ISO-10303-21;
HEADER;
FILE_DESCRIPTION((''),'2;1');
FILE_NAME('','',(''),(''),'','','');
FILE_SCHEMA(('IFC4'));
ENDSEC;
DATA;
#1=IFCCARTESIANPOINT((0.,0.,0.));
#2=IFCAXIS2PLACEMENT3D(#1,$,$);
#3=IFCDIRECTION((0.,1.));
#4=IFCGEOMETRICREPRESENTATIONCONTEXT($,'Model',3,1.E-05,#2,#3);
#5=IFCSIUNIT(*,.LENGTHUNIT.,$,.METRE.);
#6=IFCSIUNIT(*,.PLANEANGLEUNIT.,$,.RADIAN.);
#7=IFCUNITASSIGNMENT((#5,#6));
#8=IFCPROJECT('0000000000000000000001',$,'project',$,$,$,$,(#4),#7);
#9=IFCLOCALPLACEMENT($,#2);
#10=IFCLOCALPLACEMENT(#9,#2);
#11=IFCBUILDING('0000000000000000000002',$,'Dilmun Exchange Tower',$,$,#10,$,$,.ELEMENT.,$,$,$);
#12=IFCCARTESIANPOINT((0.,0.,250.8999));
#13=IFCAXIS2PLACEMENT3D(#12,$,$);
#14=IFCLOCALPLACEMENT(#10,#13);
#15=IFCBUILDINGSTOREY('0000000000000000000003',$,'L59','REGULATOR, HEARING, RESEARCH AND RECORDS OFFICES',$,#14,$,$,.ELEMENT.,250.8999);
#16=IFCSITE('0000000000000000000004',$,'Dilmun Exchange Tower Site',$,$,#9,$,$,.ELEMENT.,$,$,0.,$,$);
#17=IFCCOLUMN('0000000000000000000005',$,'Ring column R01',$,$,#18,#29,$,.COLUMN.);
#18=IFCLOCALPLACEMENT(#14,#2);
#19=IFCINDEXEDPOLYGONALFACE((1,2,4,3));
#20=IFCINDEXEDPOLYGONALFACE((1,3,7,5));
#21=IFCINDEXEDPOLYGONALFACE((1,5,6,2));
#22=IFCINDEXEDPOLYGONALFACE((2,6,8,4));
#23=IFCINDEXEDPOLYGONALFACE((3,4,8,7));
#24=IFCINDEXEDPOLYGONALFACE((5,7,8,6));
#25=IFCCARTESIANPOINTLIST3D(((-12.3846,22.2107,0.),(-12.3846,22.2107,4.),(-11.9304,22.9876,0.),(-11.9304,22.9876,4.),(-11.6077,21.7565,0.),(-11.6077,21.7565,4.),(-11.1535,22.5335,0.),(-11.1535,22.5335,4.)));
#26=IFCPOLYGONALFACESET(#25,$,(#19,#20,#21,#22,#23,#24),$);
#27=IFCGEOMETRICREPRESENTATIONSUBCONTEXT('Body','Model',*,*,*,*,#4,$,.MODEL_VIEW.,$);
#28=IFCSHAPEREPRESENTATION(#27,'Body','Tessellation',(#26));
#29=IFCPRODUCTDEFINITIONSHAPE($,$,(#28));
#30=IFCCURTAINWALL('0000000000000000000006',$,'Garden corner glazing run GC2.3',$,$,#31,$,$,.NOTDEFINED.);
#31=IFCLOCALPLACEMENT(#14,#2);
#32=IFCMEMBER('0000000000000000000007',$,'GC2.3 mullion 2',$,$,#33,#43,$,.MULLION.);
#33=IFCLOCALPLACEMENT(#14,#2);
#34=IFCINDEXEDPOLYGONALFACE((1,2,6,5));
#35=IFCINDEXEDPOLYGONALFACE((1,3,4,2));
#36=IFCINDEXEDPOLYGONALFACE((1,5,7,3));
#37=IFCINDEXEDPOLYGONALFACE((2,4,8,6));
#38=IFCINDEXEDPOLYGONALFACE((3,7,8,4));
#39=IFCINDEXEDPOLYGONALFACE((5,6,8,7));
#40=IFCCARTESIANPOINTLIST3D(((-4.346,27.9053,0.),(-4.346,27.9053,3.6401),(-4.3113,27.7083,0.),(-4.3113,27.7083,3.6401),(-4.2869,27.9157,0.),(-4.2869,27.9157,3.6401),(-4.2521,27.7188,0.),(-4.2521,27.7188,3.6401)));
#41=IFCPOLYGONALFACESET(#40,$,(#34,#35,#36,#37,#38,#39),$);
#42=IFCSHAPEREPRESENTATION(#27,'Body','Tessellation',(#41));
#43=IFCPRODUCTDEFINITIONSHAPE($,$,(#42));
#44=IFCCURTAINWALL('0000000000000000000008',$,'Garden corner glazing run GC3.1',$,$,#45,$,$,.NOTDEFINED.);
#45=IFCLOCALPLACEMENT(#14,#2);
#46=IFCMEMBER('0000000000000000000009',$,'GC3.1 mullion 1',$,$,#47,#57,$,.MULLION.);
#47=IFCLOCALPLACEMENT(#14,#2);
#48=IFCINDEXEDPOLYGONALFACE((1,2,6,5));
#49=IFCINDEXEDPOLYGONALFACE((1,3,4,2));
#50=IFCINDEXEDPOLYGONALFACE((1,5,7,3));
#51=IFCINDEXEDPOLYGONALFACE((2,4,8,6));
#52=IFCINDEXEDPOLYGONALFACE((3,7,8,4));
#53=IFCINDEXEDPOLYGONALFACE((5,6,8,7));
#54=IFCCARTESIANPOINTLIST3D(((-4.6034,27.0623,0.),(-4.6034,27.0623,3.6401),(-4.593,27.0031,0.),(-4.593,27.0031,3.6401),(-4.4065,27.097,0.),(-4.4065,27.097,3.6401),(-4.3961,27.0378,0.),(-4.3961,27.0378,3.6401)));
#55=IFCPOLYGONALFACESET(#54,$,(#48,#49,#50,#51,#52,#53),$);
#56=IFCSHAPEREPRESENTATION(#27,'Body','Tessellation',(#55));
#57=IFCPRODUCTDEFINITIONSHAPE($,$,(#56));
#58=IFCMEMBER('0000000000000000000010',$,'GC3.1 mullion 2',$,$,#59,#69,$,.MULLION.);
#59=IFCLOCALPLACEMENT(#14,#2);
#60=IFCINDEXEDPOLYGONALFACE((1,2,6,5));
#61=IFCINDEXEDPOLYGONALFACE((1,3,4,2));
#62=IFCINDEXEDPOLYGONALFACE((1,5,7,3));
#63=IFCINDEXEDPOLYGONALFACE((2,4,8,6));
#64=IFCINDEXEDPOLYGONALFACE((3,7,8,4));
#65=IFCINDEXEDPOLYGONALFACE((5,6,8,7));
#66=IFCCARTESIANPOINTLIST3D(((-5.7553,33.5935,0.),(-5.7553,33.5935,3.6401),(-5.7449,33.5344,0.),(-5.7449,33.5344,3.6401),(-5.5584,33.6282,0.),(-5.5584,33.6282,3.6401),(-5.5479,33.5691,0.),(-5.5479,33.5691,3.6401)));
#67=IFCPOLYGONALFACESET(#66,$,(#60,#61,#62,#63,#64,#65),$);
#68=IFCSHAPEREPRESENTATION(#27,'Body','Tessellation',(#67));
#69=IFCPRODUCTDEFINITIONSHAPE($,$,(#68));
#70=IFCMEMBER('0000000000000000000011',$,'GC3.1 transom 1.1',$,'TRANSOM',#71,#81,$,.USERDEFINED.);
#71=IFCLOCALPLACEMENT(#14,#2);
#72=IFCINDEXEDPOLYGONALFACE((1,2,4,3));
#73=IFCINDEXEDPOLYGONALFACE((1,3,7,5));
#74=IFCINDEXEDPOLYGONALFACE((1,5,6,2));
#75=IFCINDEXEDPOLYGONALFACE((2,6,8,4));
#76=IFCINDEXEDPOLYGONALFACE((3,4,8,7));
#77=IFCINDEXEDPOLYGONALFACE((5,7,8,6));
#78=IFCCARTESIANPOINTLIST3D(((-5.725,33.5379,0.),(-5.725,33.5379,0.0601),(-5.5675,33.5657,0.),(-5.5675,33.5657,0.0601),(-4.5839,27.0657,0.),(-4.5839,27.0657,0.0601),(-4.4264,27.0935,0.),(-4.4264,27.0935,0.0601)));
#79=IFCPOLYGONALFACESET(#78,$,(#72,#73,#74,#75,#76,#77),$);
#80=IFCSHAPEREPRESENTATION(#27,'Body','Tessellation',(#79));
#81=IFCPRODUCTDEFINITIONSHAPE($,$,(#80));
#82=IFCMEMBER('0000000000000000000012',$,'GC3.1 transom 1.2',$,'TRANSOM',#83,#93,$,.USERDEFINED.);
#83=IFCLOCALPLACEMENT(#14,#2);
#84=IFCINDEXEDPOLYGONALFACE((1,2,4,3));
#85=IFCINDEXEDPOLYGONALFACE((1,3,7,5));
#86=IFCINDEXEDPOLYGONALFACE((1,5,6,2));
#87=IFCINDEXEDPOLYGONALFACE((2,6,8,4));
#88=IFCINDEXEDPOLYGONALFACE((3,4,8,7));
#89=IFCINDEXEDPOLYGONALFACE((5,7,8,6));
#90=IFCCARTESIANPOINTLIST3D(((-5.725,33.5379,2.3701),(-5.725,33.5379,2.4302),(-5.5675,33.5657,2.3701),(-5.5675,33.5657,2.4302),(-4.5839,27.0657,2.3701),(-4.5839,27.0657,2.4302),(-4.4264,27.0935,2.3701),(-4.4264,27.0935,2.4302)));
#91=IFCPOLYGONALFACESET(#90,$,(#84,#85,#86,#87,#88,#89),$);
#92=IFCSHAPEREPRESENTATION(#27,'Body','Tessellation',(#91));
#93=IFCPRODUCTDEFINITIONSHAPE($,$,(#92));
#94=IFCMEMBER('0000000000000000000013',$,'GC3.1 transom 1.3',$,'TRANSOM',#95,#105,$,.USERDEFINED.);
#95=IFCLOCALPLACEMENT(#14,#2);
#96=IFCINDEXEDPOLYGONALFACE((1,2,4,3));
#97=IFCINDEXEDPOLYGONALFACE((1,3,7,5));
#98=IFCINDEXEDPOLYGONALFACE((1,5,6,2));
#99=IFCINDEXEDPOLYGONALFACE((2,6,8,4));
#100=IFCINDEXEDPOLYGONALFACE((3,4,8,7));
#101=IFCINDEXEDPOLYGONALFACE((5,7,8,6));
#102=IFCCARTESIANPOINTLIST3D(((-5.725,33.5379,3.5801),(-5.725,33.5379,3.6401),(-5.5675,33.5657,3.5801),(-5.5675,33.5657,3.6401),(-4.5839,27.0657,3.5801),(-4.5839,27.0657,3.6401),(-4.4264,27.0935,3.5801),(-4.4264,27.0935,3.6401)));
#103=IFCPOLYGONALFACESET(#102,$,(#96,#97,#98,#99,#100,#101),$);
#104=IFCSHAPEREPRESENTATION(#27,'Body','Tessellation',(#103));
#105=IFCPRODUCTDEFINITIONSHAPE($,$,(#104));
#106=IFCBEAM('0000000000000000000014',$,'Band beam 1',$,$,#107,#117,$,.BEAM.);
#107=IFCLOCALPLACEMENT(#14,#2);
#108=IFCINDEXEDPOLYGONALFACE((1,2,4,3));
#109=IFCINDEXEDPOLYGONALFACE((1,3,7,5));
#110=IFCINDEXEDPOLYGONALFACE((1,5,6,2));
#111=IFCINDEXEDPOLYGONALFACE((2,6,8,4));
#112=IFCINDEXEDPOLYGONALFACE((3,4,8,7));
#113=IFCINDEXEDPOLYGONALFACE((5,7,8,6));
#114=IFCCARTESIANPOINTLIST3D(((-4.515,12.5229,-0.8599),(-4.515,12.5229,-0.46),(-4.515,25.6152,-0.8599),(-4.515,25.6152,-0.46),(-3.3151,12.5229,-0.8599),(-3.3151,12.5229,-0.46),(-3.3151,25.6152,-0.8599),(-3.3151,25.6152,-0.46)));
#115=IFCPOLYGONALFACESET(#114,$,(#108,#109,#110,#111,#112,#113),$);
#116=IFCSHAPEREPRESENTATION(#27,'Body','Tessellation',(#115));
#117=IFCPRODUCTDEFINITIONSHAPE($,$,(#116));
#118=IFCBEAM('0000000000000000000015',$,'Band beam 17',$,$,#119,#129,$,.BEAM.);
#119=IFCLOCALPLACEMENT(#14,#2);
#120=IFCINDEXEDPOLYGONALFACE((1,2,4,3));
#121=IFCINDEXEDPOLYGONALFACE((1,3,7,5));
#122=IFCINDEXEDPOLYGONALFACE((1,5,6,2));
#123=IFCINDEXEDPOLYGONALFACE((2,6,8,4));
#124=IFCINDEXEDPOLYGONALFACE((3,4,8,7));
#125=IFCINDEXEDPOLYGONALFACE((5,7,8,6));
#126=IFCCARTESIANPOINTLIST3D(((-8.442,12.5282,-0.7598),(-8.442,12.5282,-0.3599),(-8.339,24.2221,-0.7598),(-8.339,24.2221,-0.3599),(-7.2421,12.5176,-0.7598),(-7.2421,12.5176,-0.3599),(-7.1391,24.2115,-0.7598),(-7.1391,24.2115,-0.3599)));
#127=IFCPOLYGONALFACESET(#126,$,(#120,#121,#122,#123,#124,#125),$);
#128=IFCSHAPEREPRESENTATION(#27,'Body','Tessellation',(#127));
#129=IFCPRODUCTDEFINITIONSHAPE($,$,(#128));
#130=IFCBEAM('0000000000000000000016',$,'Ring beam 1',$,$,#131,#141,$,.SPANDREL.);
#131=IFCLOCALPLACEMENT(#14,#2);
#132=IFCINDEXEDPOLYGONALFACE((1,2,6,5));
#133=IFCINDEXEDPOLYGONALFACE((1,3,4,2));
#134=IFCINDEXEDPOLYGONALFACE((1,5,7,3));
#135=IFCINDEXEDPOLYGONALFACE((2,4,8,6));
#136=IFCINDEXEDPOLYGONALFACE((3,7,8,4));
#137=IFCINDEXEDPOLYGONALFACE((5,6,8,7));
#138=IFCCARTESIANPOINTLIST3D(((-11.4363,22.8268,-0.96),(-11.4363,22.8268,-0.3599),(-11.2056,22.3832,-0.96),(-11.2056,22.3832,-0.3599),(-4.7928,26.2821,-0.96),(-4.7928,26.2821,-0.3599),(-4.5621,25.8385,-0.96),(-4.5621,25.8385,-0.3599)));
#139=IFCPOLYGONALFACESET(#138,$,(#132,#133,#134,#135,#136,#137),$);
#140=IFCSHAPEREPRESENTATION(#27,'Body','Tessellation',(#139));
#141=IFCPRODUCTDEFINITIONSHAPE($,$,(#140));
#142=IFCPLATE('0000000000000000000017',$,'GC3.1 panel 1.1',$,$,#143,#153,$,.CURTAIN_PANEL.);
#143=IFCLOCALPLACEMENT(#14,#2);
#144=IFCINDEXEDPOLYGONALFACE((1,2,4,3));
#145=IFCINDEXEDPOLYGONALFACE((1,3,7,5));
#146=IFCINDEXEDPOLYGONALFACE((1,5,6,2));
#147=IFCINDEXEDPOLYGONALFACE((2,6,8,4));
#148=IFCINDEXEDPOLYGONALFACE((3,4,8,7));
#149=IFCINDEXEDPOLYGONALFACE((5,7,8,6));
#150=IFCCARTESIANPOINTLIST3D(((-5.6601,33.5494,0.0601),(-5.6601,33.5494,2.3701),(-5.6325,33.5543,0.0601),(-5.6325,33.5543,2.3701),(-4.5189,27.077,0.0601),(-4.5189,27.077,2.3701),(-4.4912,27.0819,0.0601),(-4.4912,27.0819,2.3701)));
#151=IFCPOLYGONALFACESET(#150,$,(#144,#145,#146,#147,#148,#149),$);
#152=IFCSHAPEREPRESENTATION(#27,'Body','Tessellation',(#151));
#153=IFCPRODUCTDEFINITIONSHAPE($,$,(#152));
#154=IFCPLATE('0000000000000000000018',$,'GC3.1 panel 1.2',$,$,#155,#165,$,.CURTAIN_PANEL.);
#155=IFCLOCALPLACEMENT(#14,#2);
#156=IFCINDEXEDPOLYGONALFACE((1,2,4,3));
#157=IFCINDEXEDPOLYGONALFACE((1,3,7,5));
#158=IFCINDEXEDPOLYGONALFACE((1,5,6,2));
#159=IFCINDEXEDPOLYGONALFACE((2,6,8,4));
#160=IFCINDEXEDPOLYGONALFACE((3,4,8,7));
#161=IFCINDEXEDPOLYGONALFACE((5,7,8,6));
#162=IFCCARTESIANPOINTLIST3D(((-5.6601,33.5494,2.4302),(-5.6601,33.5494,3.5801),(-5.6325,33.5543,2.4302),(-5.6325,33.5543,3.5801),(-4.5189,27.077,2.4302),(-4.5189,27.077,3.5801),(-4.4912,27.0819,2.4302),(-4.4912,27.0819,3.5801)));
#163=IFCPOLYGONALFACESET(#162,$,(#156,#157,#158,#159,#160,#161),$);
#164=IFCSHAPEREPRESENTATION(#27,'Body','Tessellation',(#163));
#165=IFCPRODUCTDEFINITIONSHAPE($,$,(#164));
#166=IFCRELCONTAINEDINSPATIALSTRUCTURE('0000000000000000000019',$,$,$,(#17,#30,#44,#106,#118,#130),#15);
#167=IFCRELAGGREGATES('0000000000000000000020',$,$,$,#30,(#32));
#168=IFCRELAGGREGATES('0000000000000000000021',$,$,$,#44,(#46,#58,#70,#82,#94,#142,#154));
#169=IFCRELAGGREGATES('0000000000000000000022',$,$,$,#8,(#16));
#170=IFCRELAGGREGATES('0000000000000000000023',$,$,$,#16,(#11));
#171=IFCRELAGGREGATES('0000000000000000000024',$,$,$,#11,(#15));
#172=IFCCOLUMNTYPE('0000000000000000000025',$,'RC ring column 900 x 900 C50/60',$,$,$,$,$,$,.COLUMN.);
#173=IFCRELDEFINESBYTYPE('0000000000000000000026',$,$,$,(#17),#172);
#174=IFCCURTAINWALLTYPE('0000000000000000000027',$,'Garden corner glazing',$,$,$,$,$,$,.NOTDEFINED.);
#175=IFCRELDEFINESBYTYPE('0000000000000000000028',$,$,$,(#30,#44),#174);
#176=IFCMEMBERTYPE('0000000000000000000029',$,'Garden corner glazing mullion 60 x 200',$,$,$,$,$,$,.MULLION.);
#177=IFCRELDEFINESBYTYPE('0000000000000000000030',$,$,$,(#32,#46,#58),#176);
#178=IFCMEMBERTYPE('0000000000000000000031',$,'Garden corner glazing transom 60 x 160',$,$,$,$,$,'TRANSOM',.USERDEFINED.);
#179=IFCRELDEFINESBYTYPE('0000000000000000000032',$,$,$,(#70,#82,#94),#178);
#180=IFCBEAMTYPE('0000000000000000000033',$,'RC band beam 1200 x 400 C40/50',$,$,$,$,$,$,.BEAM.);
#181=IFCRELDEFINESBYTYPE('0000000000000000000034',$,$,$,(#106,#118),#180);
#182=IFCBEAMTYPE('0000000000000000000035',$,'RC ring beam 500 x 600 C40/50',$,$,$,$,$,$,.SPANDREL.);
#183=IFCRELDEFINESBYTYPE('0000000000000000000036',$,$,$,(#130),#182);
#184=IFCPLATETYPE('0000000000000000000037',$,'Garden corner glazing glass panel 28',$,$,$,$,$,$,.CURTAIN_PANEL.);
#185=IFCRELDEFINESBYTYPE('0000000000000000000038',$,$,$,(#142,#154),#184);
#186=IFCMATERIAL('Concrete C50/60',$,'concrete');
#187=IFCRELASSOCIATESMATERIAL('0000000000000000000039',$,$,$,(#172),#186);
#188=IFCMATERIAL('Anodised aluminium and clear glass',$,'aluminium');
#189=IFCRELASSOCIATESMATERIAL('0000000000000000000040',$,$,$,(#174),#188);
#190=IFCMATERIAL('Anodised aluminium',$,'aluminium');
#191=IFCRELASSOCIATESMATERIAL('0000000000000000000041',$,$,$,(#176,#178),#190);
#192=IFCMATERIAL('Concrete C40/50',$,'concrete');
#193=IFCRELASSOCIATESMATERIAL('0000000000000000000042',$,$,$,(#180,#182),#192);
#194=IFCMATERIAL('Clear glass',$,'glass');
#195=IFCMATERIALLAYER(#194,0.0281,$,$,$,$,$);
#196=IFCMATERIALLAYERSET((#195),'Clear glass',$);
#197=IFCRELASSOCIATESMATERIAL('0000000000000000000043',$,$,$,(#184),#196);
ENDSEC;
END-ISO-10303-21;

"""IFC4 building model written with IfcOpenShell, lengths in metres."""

from ifc_helpers import new_model, si_unit, direction, frame, origin, origin_2d, place, context, subcontext, project, spatial, rectangle, extrude, material, layer, layer_set, material_profile, profile_set, type_object, element, aggregate, save


model = new_model("IFC4")

# Units and contexts
model_context = context("Model", 3, precision=1e-05, world=origin(), true_north=direction((0.0, 1.0)))
body_context = subcontext(model_context, "Body", "Model", "MODEL_VIEW")
ifc_project = project(units=[si_unit("LENGTHUNIT", "METRE"), si_unit("PLANEANGLEUNIT", "RADIAN")], contexts=[model_context])

# Site, building, storey
site_placement = place(None, origin())
site = spatial("IfcSite", under=ifc_project, at=site_placement, Name="Dilmun Exchange Tower Site", CompositionType="ELEMENT", RefElevation=0.0)
building_placement = place(site_placement, origin())
building = spatial("IfcBuilding", under=site, at=building_placement, Name="Dilmun Exchange Tower", CompositionType="ELEMENT")
storey_placement = place(building_placement, frame((0.0, 0.0, 250.8999)))
storey = spatial("IfcBuildingStorey", under=building, at=storey_placement, Name="L59", Description="REGULATOR, HEARING, RESEARCH AND RECORDS OFFICES", CompositionType="ELEMENT", Elevation=250.8999)

# Column
ifc_material_1 = material(Name="Concrete C50/60", Category="concrete")
ifc_material_profile_1 = material_profile(ifc_material_1, rectangle(XDim=0.8999, YDim=0.8999, at=origin_2d()), Name="900 x 900")
ifc_profile_set_1 = profile_set([ifc_material_profile_1], Name="Concrete C50/60")
column_type = type_object("IfcColumnType", Name="RC ring column 900 x 900 C50/60", PredefinedType="COLUMN", material=ifc_profile_set_1)
column_placement = place(storey_placement, frame((-11.769, 22.3721, 0.0), z_axis=(0.0, 0.0, 1.0), x_axis=(0.504644, 0.863328, 0.0)))
element("IfcColumn", 1, at=column_placement, inside=storey, type_object=column_type, Name="Ring column R01", PredefinedType="COLUMN", context=body_context, shape_type="SweptSolid", body=[
    extrude(rectangle(XDim=0.8999, YDim=0.8999, at=origin_2d()), origin(), (0.0, 0.0, 1.0), 4.0),
])

# Curtain wall, member
ifc_material_2 = material(Name="Anodised aluminium and clear glass", Category="aluminium")
curtain_wall_type = type_object("IfcCurtainWallType", Name="Garden corner glazing", PredefinedType="NOTDEFINED", material=ifc_material_2)
curtain_wall_1_placement = place(storey_placement, origin())
curtain_wall_1 = element("IfcCurtainWall", 2, at=curtain_wall_1_placement, inside=storey, type_object=curtain_wall_type, Name="Garden corner glazing run GC2.3", PredefinedType="NOTDEFINED")
ifc_material_3 = material(Name="Anodised aluminium", Category="aluminium")
ifc_material_profile_2 = material_profile(ifc_material_3, rectangle(XDim=0.2, YDim=0.0601, at=origin_2d()), Name="AL 60x200")
ifc_profile_set_2 = profile_set([ifc_material_profile_2], Name="Anodised aluminium")
member_type_1 = type_object("IfcMemberType", Name="Garden corner glazing mullion 60 x 200", PredefinedType="MULLION", material=ifc_profile_set_2)
member_1_placement = place(storey_placement, frame((-4.2991, 27.812, 0.0), z_axis=(0.0, 0.0, 1.0), x_axis=(0.173631, -0.984811, 0.0)))
member_1 = element("IfcMember", 3, at=member_1_placement, type_object=member_type_1, Name="GC2.3 mullion 2", PredefinedType="MULLION", context=body_context, shape_type="SweptSolid", body=[
    extrude(rectangle(XDim=0.2, YDim=0.0601, at=origin_2d()), origin(), (0.0, 0.0, 1.0), 3.6401),
])
aggregate(curtain_wall_1, [member_1])

# Curtain wall, members
curtain_wall_2_placement = place(storey_placement, origin())
curtain_wall_2 = element("IfcCurtainWall", 4, at=curtain_wall_2_placement, inside=storey, type_object=curtain_wall_type, Name="Garden corner glazing run GC3.1", PredefinedType="NOTDEFINED")
member_2_placement = place(storey_placement, frame((-4.4998, 27.05, 0.0), z_axis=(0.0, 0.0, 1.0), x_axis=(-0.984807, -0.173651, 0.0)))
member_2 = element("IfcMember", 5, at=member_2_placement, type_object=member_type_1, Name="GC3.1 mullion 1", PredefinedType="MULLION", context=body_context, shape_type="SweptSolid", body=[
    extrude(rectangle(XDim=0.2, YDim=0.0601, at=origin_2d()), origin(), (0.0, 0.0, 1.0), 3.6401),
])
member_3_placement = place(storey_placement, frame((-5.6516, 33.5813, 0.0), z_axis=(0.0, 0.0, 1.0), x_axis=(-0.984807, -0.173651, 0.0)))
member_3 = element("IfcMember", 6, at=member_3_placement, type_object=member_type_1, Name="GC3.1 mullion 2", PredefinedType="MULLION", context=body_context, shape_type="SweptSolid", body=[
    extrude(rectangle(XDim=0.2, YDim=0.0601, at=origin_2d()), origin(), (0.0, 0.0, 1.0), 3.6401),
])
ifc_material_profile_3 = material_profile(ifc_material_3, rectangle(XDim=0.1599, YDim=0.0601, at=origin_2d()), Name="AL 60x160")
ifc_profile_set_3 = profile_set([ifc_material_profile_3], Name="Anodised aluminium")
member_type_2 = type_object("IfcMemberType", Name="Garden corner glazing transom 60 x 160", ElementType="TRANSOM", PredefinedType="USERDEFINED", material=ifc_profile_set_3)
member_4_placement = place(storey_placement, frame((-4.5051, 27.0796, 0.03), z_axis=(-0.173633, 0.98481, 0.0), x_axis=(-0.98481, -0.173633, 0.0)))
member_4 = element("IfcMember", 7, at=member_4_placement, type_object=member_type_2, Name="GC3.1 transom 1.1", ObjectType="TRANSOM", PredefinedType="USERDEFINED", context=body_context, shape_type="SweptSolid", body=[
    extrude(rectangle(XDim=0.1599, YDim=0.0601, at=origin_2d()), origin(), (0.0, 0.0, 1.0), 6.572),
])
member_5_placement = place(storey_placement, frame((-4.5051, 27.0796, 2.4001), z_axis=(-0.173633, 0.98481, 0.0), x_axis=(-0.98481, -0.173633, 0.0)))
member_5 = element("IfcMember", 8, at=member_5_placement, type_object=member_type_2, Name="GC3.1 transom 1.2", ObjectType="TRANSOM", PredefinedType="USERDEFINED", context=body_context, shape_type="SweptSolid", body=[
    extrude(rectangle(XDim=0.1599, YDim=0.0601, at=origin_2d()), origin(), (0.0, 0.0, 1.0), 6.572),
])
member_6_placement = place(storey_placement, frame((-4.5051, 27.0796, 3.6101), z_axis=(-0.173633, 0.98481, 0.0), x_axis=(-0.98481, -0.173633, 0.0)))
member_6 = element("IfcMember", 9, at=member_6_placement, type_object=member_type_2, Name="GC3.1 transom 1.3", ObjectType="TRANSOM", PredefinedType="USERDEFINED", context=body_context, shape_type="SweptSolid", body=[
    extrude(rectangle(XDim=0.1599, YDim=0.0601, at=origin_2d()), origin(), (0.0, 0.0, 1.0), 6.572),
])

# Beams
ifc_material_4 = material(Name="Concrete C40/50", Category="concrete")
ifc_material_profile_4 = material_profile(ifc_material_4, rectangle(XDim=1.2, YDim=0.3999, at=origin_2d()), Name="1200 x 400")
ifc_profile_set_4 = profile_set([ifc_material_profile_4], Name="Concrete C40/50")
beam_type_1 = type_object("IfcBeamType", Name="RC band beam 1200 x 400 C40/50", PredefinedType="BEAM", material=ifc_profile_set_4)
beam_1_placement = place(storey_placement, frame((-3.915, 25.6152, -0.6599), z_axis=(0.0, -1.0, 0.0), x_axis=(1.0, 0.0, 0.0)))
element("IfcBeam", 10, at=beam_1_placement, inside=storey, type_object=beam_type_1, Name="Band beam 1", PredefinedType="BEAM", context=body_context, shape_type="SweptSolid", body=[
    extrude(rectangle(XDim=1.2, YDim=0.3999, at=origin_2d()), origin(), (0.0, 0.0, 1.0), 13.0923),
])
beam_2_placement = place(storey_placement, frame((-7.739, 24.2168, -0.5598), z_axis=(-0.00881, -0.999961, 0.0), x_axis=(0.999961, -0.00881, 0.0)))
element("IfcBeam", 11, at=beam_2_placement, inside=storey, type_object=beam_type_1, Name="Band beam 17", PredefinedType="BEAM", context=body_context, shape_type="SweptSolid", body=[
    extrude(rectangle(XDim=1.2, YDim=0.3999, at=origin_2d()), origin(), (0.0, 0.0, 1.0), 11.6943),
])
ifc_material_profile_5 = material_profile(ifc_material_4, rectangle(XDim=0.5, YDim=0.6001, at=origin_2d()), Name="500 x 600")
ifc_profile_set_5 = profile_set([ifc_material_profile_5], Name="Concrete C40/50")
beam_type_2 = type_object("IfcBeamType", Name="RC ring beam 500 x 600 C40/50", PredefinedType="SPANDREL", material=ifc_profile_set_5)
beam_3_placement = place(storey_placement, frame((-4.6775, 26.0603, -0.6599), z_axis=(-0.88718, -0.461424, 0.0), x_axis=(0.461424, -0.88718, 0.0)))
element("IfcBeam", 12, at=beam_3_placement, inside=storey, type_object=beam_type_2, Name="Ring beam 1", PredefinedType="SPANDREL", context=body_context, shape_type="SweptSolid", body=[
    extrude(rectangle(XDim=0.5, YDim=0.6001, at=origin_2d()), origin(), (0.0, 0.0, 1.0), 7.4883),
])

# Plates
ifc_material_5 = material(Name="Clear glass", Category="glass")
ifc_layer_1 = layer(ifc_material_5, 0.0281)
ifc_layer_set_1 = layer_set([ifc_layer_1], Name="Clear glass")
plate_type = type_object("IfcPlateType", Name="Garden corner glazing glass panel 28", PredefinedType="CURTAIN_PANEL", material=ifc_layer_set_1)
plate_1_placement = place(storey_placement, frame((-5.0757, 30.3157, 0.0601), z_axis=(0.0, 0.0, 1.0), x_axis=(-0.173651, 0.984807, 0.0)))
plate_1 = element("IfcPlate", 13, at=plate_1_placement, type_object=plate_type, Name="GC3.1 panel 1.1", PredefinedType="CURTAIN_PANEL", context=body_context, shape_type="SweptSolid", body=[
    extrude(rectangle(XDim=6.5723, YDim=0.0281, at=origin_2d()), origin(), (0.0, 0.0, 1.0), 2.3101),
])
plate_2_placement = place(storey_placement, frame((-5.0757, 30.3157, 2.4302), z_axis=(0.0, 0.0, 1.0), x_axis=(-0.173651, 0.984807, 0.0)))
plate_2 = element("IfcPlate", 14, at=plate_2_placement, type_object=plate_type, Name="GC3.1 panel 1.2", PredefinedType="CURTAIN_PANEL", context=body_context, shape_type="SweptSolid", body=[
    extrude(rectangle(XDim=6.5723, YDim=0.0281, at=origin_2d()), origin(), (0.0, 0.0, 1.0), 1.1499),
])
aggregate(curtain_wall_2, [member_2, member_3, member_4, member_5, member_6, plate_1, plate_2])

save(model, "model.ifc")
